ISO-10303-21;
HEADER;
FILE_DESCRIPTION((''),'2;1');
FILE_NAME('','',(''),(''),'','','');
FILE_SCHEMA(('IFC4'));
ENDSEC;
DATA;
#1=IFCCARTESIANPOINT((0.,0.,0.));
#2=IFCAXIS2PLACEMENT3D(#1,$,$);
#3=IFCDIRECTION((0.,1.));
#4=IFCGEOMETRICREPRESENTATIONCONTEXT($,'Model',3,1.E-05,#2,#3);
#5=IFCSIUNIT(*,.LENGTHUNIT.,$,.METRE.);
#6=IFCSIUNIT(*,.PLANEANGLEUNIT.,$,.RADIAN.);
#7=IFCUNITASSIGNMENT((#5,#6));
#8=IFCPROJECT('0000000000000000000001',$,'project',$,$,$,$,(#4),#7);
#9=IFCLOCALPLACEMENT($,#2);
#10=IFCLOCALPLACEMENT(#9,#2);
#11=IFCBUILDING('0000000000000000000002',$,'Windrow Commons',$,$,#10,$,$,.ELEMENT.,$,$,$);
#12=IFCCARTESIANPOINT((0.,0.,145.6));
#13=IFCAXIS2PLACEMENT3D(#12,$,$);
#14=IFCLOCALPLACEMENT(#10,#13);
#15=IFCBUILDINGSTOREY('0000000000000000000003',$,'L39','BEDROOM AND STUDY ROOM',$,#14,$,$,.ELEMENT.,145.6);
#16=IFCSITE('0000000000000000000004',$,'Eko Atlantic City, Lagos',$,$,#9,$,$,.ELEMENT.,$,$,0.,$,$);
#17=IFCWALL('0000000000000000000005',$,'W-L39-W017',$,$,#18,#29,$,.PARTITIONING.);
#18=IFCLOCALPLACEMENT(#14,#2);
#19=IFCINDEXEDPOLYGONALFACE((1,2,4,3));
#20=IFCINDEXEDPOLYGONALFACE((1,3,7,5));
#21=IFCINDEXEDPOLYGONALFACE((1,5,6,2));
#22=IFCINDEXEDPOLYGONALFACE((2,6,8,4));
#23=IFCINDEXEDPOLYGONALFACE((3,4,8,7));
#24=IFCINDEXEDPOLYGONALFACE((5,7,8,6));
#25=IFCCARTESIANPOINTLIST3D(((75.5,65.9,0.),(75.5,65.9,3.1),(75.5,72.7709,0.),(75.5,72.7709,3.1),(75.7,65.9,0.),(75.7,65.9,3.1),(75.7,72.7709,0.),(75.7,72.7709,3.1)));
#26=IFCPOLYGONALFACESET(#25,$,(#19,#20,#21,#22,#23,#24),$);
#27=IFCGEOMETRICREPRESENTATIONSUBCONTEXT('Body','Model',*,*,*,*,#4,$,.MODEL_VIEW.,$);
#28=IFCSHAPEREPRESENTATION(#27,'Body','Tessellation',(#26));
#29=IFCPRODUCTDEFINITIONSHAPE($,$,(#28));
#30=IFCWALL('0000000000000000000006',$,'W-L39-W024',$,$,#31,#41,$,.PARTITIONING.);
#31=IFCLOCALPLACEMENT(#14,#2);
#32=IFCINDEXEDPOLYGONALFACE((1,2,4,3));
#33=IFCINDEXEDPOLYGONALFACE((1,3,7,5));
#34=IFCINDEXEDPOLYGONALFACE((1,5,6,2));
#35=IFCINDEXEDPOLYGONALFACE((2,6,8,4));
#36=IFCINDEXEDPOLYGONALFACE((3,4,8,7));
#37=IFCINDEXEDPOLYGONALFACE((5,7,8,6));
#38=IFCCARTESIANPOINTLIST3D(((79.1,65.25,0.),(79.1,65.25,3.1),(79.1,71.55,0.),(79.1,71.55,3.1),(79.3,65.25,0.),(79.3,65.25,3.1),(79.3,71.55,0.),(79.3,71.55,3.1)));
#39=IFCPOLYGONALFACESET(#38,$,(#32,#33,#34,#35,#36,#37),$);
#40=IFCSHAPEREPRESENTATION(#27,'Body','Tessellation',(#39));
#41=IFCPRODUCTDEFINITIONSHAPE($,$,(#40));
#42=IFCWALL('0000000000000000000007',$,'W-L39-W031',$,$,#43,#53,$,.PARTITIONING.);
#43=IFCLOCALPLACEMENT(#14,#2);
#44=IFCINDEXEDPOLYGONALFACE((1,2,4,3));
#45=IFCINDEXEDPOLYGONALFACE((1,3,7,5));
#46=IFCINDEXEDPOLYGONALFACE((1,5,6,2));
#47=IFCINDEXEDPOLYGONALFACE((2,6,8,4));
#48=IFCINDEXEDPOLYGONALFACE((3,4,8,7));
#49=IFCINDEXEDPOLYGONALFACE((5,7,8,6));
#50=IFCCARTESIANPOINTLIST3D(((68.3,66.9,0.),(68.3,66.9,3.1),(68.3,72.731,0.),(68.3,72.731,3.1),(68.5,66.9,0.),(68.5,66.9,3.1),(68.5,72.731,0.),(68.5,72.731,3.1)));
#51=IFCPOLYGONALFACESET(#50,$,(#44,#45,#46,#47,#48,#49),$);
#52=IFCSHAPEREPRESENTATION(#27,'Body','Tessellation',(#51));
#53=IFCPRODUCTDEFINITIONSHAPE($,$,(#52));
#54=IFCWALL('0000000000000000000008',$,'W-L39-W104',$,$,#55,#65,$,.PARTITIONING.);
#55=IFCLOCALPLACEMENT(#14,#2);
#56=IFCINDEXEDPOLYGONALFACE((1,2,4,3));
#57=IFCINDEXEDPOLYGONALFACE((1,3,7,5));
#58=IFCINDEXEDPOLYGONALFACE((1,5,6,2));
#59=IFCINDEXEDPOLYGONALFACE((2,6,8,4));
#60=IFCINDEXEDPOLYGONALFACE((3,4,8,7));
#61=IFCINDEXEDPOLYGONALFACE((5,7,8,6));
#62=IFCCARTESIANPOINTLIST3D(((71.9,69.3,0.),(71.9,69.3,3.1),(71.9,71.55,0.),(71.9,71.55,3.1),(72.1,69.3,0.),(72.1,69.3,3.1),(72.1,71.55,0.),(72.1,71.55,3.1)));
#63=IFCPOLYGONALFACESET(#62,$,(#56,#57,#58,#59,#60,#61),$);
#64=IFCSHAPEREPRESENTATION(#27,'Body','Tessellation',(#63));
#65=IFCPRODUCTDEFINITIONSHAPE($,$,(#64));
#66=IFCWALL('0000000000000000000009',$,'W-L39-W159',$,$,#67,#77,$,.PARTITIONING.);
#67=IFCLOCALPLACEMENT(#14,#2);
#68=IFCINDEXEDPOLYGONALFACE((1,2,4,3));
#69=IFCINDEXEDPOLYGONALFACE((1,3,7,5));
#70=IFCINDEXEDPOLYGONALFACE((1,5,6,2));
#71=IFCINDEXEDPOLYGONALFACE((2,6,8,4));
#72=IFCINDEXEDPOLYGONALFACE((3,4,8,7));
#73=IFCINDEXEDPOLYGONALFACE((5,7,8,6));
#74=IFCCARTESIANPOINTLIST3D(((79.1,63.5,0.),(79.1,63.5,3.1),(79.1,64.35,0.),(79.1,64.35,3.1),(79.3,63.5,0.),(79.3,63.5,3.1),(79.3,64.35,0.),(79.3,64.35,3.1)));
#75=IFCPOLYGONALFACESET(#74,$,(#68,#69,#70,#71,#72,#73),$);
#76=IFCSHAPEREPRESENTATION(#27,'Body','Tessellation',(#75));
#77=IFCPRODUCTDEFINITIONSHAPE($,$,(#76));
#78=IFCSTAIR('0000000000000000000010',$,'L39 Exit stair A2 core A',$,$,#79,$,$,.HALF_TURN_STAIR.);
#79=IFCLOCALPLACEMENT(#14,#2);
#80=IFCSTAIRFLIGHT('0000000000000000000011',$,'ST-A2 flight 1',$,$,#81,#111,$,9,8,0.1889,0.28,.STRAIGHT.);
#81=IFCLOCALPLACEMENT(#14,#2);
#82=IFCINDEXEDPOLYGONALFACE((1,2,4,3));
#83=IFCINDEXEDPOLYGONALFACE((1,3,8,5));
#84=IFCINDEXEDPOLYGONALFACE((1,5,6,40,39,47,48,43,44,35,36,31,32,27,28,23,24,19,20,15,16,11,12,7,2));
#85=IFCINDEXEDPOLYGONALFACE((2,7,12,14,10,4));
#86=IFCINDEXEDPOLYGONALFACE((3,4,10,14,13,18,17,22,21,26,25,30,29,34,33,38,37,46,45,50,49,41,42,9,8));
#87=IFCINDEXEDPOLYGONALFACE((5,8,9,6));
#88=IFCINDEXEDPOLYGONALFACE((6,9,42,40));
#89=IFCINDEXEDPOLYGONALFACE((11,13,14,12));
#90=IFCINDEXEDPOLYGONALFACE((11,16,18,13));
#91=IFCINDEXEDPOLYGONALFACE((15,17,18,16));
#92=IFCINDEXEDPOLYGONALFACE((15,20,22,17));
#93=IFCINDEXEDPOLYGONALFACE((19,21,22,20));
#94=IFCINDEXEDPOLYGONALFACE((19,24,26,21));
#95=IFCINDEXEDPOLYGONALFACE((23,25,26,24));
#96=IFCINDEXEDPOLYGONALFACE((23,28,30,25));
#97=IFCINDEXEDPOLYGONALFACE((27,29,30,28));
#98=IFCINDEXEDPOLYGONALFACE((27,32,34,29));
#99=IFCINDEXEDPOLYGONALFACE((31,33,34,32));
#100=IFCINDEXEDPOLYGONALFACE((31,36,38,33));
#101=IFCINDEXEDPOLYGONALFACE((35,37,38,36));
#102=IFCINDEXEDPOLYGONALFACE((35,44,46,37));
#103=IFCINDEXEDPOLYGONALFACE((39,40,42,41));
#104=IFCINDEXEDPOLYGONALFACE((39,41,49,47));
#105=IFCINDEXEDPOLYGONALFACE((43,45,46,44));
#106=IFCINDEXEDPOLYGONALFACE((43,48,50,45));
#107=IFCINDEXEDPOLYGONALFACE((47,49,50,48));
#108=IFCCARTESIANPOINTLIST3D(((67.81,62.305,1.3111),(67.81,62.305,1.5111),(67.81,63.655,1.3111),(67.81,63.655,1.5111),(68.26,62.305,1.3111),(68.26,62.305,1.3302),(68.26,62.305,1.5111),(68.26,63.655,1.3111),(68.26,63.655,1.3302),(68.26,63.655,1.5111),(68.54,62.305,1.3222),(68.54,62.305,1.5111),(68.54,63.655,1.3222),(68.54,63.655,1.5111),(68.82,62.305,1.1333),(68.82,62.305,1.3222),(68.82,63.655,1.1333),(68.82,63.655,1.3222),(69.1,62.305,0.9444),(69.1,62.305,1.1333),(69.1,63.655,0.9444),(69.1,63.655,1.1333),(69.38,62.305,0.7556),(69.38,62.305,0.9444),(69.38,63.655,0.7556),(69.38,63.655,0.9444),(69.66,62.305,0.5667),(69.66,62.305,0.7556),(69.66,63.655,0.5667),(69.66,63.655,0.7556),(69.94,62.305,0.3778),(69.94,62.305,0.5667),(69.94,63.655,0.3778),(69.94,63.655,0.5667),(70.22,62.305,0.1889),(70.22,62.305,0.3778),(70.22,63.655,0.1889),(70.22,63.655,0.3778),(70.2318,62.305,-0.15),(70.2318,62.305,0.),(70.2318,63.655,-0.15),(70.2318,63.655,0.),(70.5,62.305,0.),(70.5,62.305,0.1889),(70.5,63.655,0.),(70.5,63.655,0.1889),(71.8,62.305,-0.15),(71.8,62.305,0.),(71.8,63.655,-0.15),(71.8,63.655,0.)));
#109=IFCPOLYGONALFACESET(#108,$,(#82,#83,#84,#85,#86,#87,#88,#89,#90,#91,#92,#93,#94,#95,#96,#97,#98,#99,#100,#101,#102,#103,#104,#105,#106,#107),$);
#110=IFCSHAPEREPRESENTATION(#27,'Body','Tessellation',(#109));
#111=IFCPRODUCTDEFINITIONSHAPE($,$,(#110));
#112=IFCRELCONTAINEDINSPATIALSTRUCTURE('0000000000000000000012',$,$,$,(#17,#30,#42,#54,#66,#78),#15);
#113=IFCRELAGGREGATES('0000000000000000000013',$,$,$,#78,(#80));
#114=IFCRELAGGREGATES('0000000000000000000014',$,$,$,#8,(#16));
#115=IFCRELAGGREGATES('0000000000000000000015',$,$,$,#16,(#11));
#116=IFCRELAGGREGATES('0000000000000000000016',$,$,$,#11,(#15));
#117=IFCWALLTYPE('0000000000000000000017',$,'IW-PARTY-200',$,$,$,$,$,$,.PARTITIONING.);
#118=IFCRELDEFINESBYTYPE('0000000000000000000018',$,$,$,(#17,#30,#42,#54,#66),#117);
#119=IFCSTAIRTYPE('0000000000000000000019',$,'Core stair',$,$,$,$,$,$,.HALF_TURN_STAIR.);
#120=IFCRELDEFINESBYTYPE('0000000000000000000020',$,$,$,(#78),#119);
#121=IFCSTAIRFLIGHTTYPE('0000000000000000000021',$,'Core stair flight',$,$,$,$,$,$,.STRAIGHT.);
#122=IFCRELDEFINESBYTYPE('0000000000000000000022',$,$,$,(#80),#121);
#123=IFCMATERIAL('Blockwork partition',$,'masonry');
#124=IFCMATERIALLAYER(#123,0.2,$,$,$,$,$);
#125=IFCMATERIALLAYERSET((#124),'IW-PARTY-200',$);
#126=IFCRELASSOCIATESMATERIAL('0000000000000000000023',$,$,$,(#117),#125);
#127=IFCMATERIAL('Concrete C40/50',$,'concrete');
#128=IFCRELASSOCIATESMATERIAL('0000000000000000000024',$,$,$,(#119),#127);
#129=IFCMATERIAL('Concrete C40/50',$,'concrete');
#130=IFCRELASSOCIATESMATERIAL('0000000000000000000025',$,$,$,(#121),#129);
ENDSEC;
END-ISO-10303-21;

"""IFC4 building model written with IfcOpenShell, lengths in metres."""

from ifc_helpers import new_model, si_unit, direction, frame, frame_2d, origin, place, context, subcontext, project, spatial, polyline, rectangle, outline, extrude, material, layer, layer_set, type_object, element, aggregate, save


model = new_model("IFC4")

# Units and contexts
model_context = context("Model", 3, precision=1e-05, world=origin(), true_north=direction((0.0, 1.0)))
body_context = subcontext(model_context, "Body", "Model", "MODEL_VIEW")
ifc_project = project(units=[si_unit("LENGTHUNIT", "METRE"), si_unit("PLANEANGLEUNIT", "RADIAN")], contexts=[model_context])

# Site, building, storey
site_placement = place(None, origin())
site = spatial("IfcSite", under=ifc_project, at=site_placement, Name="Eko Atlantic City, Lagos", CompositionType="ELEMENT", RefElevation=0.0)
building_placement = place(site_placement, origin())
building = spatial("IfcBuilding", under=site, at=building_placement, Name="Windrow Commons", CompositionType="ELEMENT")
storey_placement = place(building_placement, frame((0.0, 0.0, 145.6)))
storey = spatial("IfcBuildingStorey", under=building, at=storey_placement, Name="L39", Description="BEDROOM AND STUDY ROOM", CompositionType="ELEMENT", Elevation=145.6)

# Walls
ifc_material_1 = material(Name="Blockwork partition", Category="masonry")
ifc_layer_1 = layer(ifc_material_1, 0.2)
ifc_layer_set_1 = layer_set([ifc_layer_1], Name="IW-PARTY-200")
wall_type_1 = type_object("IfcWallType", Name="IW-PARTY-200", PredefinedType="PARTITIONING", material=ifc_layer_set_1)
wall_1_placement = place(storey_placement, frame((75.6, 65.9, 0.0), z_axis=(0.0, 0.0, 1.0), x_axis=(0.0, 1.0, 0.0)))
element("IfcWall", 1, at=wall_1_placement, inside=storey, type_object=wall_type_1, Name="W-L39-W017", PredefinedType="PARTITIONING", context=body_context, shape_type="SweptSolid", body=[
    extrude(rectangle(XDim=6.8709, YDim=0.2, at=frame_2d((3.4354, 0.0))), origin(), (0.0, 0.0, 1.0), 3.1),
])
wall_2_placement = place(storey_placement, frame((79.2, 65.25, 0.0), z_axis=(0.0, 0.0, 1.0), x_axis=(0.0, 1.0, 0.0)))
element("IfcWall", 2, at=wall_2_placement, inside=storey, type_object=wall_type_1, Name="W-L39-W024", PredefinedType="PARTITIONING", context=body_context, shape_type="SweptSolid", body=[
    extrude(rectangle(XDim=6.3, YDim=0.2, at=frame_2d((3.15, 0.0))), origin(), (0.0, 0.0, 1.0), 3.1),
])
wall_3_placement = place(storey_placement, frame((68.4, 66.9, 0.0), z_axis=(0.0, 0.0, 1.0), x_axis=(0.0, 1.0, 0.0)))
element("IfcWall", 3, at=wall_3_placement, inside=storey, type_object=wall_type_1, Name="W-L39-W031", PredefinedType="PARTITIONING", context=body_context, shape_type="SweptSolid", body=[
    extrude(rectangle(XDim=5.831, YDim=0.2, at=frame_2d((2.9155, 0.0))), origin(), (0.0, 0.0, 1.0), 3.1),
])
wall_4_placement = place(storey_placement, frame((72.0, 69.3, 0.0), z_axis=(0.0, 0.0, 1.0), x_axis=(0.0, 1.0, 0.0)))
element("IfcWall", 4, at=wall_4_placement, inside=storey, type_object=wall_type_1, Name="W-L39-W104", PredefinedType="PARTITIONING", context=body_context, shape_type="SweptSolid", body=[
    extrude(rectangle(XDim=2.25, YDim=0.2, at=frame_2d((1.125, 0.0))), origin(), (0.0, 0.0, 1.0), 3.1),
])
wall_5_placement = place(storey_placement, frame((79.2, 63.5, 0.0), z_axis=(0.0, 0.0, 1.0), x_axis=(0.0, 1.0, 0.0)))
element("IfcWall", 5, at=wall_5_placement, inside=storey, type_object=wall_type_1, Name="W-L39-W159", PredefinedType="PARTITIONING", context=body_context, shape_type="SweptSolid", body=[
    extrude(rectangle(XDim=0.85, YDim=0.2, at=frame_2d((0.425, 0.0))), origin(), (0.0, 0.0, 1.0), 3.1),
])

# Stair, stair flight
ifc_material_2 = material(Name="Concrete C40/50", Category="concrete")
stair_type = type_object("IfcStairType", Name="Core stair", PredefinedType="HALF_TURN_STAIR", material=ifc_material_2)
stair_placement = place(storey_placement, origin())
stair = element("IfcStair", 6, at=stair_placement, inside=storey, type_object=stair_type, Name="L39 Exit stair A2 core A", PredefinedType="HALF_TURN_STAIR")
ifc_material_3 = material(Name="Concrete C40/50", Category="concrete")
stair_flight_type = type_object("IfcStairFlightType", Name="Core stair flight", PredefinedType="STRAIGHT", material=ifc_material_3)
stair_flight_placement = place(storey_placement, frame((70.5, 62.98, 0.0), z_axis=(0.0, 0.0, 1.0), x_axis=(-1.0, 0.0, 0.0)))
stair_flight = element("IfcStairFlight", 7, at=stair_flight_placement, type_object=stair_flight_type, Name="ST-A2 flight 1", NumberOfRisers=9, NumberOfTreads=8, PredefinedType="STRAIGHT", RiserHeight=0.1889, TreadLength=0.28, context=body_context, shape_type="SweptSolid", body=[
    extrude(outline(polyline([(-1.3, -0.15), (-1.3, 0.0), (0.0, 0.0), (0.0, 0.1889), (0.28, 0.1889), (0.28, 0.3778), (0.56, 0.3778), (0.56, 0.5667), (0.84, 0.5667), (0.84, 0.7556), (1.12, 0.7556), (1.12, 0.9444), (1.4, 0.9444), (1.4, 1.1333), (1.68, 1.1333), (1.68, 1.3222), (1.96, 1.3222), (1.96, 1.5111), (2.24, 1.5111), (2.69, 1.5111), (2.69, 1.3111), (2.24, 1.3111), (2.24, 1.3302), (0.2682, 0.0), (0.2682, -0.15), (-1.3, -0.15)])), frame((0.0, 0.675, 0.0), z_axis=(0.0, -1.0, 0.0), x_axis=(1.0, 0.0, 0.0)), (0.0, 0.0, 1.0), 1.35),
])
aggregate(stair, [stair_flight])

save(model, "model.ifc")
